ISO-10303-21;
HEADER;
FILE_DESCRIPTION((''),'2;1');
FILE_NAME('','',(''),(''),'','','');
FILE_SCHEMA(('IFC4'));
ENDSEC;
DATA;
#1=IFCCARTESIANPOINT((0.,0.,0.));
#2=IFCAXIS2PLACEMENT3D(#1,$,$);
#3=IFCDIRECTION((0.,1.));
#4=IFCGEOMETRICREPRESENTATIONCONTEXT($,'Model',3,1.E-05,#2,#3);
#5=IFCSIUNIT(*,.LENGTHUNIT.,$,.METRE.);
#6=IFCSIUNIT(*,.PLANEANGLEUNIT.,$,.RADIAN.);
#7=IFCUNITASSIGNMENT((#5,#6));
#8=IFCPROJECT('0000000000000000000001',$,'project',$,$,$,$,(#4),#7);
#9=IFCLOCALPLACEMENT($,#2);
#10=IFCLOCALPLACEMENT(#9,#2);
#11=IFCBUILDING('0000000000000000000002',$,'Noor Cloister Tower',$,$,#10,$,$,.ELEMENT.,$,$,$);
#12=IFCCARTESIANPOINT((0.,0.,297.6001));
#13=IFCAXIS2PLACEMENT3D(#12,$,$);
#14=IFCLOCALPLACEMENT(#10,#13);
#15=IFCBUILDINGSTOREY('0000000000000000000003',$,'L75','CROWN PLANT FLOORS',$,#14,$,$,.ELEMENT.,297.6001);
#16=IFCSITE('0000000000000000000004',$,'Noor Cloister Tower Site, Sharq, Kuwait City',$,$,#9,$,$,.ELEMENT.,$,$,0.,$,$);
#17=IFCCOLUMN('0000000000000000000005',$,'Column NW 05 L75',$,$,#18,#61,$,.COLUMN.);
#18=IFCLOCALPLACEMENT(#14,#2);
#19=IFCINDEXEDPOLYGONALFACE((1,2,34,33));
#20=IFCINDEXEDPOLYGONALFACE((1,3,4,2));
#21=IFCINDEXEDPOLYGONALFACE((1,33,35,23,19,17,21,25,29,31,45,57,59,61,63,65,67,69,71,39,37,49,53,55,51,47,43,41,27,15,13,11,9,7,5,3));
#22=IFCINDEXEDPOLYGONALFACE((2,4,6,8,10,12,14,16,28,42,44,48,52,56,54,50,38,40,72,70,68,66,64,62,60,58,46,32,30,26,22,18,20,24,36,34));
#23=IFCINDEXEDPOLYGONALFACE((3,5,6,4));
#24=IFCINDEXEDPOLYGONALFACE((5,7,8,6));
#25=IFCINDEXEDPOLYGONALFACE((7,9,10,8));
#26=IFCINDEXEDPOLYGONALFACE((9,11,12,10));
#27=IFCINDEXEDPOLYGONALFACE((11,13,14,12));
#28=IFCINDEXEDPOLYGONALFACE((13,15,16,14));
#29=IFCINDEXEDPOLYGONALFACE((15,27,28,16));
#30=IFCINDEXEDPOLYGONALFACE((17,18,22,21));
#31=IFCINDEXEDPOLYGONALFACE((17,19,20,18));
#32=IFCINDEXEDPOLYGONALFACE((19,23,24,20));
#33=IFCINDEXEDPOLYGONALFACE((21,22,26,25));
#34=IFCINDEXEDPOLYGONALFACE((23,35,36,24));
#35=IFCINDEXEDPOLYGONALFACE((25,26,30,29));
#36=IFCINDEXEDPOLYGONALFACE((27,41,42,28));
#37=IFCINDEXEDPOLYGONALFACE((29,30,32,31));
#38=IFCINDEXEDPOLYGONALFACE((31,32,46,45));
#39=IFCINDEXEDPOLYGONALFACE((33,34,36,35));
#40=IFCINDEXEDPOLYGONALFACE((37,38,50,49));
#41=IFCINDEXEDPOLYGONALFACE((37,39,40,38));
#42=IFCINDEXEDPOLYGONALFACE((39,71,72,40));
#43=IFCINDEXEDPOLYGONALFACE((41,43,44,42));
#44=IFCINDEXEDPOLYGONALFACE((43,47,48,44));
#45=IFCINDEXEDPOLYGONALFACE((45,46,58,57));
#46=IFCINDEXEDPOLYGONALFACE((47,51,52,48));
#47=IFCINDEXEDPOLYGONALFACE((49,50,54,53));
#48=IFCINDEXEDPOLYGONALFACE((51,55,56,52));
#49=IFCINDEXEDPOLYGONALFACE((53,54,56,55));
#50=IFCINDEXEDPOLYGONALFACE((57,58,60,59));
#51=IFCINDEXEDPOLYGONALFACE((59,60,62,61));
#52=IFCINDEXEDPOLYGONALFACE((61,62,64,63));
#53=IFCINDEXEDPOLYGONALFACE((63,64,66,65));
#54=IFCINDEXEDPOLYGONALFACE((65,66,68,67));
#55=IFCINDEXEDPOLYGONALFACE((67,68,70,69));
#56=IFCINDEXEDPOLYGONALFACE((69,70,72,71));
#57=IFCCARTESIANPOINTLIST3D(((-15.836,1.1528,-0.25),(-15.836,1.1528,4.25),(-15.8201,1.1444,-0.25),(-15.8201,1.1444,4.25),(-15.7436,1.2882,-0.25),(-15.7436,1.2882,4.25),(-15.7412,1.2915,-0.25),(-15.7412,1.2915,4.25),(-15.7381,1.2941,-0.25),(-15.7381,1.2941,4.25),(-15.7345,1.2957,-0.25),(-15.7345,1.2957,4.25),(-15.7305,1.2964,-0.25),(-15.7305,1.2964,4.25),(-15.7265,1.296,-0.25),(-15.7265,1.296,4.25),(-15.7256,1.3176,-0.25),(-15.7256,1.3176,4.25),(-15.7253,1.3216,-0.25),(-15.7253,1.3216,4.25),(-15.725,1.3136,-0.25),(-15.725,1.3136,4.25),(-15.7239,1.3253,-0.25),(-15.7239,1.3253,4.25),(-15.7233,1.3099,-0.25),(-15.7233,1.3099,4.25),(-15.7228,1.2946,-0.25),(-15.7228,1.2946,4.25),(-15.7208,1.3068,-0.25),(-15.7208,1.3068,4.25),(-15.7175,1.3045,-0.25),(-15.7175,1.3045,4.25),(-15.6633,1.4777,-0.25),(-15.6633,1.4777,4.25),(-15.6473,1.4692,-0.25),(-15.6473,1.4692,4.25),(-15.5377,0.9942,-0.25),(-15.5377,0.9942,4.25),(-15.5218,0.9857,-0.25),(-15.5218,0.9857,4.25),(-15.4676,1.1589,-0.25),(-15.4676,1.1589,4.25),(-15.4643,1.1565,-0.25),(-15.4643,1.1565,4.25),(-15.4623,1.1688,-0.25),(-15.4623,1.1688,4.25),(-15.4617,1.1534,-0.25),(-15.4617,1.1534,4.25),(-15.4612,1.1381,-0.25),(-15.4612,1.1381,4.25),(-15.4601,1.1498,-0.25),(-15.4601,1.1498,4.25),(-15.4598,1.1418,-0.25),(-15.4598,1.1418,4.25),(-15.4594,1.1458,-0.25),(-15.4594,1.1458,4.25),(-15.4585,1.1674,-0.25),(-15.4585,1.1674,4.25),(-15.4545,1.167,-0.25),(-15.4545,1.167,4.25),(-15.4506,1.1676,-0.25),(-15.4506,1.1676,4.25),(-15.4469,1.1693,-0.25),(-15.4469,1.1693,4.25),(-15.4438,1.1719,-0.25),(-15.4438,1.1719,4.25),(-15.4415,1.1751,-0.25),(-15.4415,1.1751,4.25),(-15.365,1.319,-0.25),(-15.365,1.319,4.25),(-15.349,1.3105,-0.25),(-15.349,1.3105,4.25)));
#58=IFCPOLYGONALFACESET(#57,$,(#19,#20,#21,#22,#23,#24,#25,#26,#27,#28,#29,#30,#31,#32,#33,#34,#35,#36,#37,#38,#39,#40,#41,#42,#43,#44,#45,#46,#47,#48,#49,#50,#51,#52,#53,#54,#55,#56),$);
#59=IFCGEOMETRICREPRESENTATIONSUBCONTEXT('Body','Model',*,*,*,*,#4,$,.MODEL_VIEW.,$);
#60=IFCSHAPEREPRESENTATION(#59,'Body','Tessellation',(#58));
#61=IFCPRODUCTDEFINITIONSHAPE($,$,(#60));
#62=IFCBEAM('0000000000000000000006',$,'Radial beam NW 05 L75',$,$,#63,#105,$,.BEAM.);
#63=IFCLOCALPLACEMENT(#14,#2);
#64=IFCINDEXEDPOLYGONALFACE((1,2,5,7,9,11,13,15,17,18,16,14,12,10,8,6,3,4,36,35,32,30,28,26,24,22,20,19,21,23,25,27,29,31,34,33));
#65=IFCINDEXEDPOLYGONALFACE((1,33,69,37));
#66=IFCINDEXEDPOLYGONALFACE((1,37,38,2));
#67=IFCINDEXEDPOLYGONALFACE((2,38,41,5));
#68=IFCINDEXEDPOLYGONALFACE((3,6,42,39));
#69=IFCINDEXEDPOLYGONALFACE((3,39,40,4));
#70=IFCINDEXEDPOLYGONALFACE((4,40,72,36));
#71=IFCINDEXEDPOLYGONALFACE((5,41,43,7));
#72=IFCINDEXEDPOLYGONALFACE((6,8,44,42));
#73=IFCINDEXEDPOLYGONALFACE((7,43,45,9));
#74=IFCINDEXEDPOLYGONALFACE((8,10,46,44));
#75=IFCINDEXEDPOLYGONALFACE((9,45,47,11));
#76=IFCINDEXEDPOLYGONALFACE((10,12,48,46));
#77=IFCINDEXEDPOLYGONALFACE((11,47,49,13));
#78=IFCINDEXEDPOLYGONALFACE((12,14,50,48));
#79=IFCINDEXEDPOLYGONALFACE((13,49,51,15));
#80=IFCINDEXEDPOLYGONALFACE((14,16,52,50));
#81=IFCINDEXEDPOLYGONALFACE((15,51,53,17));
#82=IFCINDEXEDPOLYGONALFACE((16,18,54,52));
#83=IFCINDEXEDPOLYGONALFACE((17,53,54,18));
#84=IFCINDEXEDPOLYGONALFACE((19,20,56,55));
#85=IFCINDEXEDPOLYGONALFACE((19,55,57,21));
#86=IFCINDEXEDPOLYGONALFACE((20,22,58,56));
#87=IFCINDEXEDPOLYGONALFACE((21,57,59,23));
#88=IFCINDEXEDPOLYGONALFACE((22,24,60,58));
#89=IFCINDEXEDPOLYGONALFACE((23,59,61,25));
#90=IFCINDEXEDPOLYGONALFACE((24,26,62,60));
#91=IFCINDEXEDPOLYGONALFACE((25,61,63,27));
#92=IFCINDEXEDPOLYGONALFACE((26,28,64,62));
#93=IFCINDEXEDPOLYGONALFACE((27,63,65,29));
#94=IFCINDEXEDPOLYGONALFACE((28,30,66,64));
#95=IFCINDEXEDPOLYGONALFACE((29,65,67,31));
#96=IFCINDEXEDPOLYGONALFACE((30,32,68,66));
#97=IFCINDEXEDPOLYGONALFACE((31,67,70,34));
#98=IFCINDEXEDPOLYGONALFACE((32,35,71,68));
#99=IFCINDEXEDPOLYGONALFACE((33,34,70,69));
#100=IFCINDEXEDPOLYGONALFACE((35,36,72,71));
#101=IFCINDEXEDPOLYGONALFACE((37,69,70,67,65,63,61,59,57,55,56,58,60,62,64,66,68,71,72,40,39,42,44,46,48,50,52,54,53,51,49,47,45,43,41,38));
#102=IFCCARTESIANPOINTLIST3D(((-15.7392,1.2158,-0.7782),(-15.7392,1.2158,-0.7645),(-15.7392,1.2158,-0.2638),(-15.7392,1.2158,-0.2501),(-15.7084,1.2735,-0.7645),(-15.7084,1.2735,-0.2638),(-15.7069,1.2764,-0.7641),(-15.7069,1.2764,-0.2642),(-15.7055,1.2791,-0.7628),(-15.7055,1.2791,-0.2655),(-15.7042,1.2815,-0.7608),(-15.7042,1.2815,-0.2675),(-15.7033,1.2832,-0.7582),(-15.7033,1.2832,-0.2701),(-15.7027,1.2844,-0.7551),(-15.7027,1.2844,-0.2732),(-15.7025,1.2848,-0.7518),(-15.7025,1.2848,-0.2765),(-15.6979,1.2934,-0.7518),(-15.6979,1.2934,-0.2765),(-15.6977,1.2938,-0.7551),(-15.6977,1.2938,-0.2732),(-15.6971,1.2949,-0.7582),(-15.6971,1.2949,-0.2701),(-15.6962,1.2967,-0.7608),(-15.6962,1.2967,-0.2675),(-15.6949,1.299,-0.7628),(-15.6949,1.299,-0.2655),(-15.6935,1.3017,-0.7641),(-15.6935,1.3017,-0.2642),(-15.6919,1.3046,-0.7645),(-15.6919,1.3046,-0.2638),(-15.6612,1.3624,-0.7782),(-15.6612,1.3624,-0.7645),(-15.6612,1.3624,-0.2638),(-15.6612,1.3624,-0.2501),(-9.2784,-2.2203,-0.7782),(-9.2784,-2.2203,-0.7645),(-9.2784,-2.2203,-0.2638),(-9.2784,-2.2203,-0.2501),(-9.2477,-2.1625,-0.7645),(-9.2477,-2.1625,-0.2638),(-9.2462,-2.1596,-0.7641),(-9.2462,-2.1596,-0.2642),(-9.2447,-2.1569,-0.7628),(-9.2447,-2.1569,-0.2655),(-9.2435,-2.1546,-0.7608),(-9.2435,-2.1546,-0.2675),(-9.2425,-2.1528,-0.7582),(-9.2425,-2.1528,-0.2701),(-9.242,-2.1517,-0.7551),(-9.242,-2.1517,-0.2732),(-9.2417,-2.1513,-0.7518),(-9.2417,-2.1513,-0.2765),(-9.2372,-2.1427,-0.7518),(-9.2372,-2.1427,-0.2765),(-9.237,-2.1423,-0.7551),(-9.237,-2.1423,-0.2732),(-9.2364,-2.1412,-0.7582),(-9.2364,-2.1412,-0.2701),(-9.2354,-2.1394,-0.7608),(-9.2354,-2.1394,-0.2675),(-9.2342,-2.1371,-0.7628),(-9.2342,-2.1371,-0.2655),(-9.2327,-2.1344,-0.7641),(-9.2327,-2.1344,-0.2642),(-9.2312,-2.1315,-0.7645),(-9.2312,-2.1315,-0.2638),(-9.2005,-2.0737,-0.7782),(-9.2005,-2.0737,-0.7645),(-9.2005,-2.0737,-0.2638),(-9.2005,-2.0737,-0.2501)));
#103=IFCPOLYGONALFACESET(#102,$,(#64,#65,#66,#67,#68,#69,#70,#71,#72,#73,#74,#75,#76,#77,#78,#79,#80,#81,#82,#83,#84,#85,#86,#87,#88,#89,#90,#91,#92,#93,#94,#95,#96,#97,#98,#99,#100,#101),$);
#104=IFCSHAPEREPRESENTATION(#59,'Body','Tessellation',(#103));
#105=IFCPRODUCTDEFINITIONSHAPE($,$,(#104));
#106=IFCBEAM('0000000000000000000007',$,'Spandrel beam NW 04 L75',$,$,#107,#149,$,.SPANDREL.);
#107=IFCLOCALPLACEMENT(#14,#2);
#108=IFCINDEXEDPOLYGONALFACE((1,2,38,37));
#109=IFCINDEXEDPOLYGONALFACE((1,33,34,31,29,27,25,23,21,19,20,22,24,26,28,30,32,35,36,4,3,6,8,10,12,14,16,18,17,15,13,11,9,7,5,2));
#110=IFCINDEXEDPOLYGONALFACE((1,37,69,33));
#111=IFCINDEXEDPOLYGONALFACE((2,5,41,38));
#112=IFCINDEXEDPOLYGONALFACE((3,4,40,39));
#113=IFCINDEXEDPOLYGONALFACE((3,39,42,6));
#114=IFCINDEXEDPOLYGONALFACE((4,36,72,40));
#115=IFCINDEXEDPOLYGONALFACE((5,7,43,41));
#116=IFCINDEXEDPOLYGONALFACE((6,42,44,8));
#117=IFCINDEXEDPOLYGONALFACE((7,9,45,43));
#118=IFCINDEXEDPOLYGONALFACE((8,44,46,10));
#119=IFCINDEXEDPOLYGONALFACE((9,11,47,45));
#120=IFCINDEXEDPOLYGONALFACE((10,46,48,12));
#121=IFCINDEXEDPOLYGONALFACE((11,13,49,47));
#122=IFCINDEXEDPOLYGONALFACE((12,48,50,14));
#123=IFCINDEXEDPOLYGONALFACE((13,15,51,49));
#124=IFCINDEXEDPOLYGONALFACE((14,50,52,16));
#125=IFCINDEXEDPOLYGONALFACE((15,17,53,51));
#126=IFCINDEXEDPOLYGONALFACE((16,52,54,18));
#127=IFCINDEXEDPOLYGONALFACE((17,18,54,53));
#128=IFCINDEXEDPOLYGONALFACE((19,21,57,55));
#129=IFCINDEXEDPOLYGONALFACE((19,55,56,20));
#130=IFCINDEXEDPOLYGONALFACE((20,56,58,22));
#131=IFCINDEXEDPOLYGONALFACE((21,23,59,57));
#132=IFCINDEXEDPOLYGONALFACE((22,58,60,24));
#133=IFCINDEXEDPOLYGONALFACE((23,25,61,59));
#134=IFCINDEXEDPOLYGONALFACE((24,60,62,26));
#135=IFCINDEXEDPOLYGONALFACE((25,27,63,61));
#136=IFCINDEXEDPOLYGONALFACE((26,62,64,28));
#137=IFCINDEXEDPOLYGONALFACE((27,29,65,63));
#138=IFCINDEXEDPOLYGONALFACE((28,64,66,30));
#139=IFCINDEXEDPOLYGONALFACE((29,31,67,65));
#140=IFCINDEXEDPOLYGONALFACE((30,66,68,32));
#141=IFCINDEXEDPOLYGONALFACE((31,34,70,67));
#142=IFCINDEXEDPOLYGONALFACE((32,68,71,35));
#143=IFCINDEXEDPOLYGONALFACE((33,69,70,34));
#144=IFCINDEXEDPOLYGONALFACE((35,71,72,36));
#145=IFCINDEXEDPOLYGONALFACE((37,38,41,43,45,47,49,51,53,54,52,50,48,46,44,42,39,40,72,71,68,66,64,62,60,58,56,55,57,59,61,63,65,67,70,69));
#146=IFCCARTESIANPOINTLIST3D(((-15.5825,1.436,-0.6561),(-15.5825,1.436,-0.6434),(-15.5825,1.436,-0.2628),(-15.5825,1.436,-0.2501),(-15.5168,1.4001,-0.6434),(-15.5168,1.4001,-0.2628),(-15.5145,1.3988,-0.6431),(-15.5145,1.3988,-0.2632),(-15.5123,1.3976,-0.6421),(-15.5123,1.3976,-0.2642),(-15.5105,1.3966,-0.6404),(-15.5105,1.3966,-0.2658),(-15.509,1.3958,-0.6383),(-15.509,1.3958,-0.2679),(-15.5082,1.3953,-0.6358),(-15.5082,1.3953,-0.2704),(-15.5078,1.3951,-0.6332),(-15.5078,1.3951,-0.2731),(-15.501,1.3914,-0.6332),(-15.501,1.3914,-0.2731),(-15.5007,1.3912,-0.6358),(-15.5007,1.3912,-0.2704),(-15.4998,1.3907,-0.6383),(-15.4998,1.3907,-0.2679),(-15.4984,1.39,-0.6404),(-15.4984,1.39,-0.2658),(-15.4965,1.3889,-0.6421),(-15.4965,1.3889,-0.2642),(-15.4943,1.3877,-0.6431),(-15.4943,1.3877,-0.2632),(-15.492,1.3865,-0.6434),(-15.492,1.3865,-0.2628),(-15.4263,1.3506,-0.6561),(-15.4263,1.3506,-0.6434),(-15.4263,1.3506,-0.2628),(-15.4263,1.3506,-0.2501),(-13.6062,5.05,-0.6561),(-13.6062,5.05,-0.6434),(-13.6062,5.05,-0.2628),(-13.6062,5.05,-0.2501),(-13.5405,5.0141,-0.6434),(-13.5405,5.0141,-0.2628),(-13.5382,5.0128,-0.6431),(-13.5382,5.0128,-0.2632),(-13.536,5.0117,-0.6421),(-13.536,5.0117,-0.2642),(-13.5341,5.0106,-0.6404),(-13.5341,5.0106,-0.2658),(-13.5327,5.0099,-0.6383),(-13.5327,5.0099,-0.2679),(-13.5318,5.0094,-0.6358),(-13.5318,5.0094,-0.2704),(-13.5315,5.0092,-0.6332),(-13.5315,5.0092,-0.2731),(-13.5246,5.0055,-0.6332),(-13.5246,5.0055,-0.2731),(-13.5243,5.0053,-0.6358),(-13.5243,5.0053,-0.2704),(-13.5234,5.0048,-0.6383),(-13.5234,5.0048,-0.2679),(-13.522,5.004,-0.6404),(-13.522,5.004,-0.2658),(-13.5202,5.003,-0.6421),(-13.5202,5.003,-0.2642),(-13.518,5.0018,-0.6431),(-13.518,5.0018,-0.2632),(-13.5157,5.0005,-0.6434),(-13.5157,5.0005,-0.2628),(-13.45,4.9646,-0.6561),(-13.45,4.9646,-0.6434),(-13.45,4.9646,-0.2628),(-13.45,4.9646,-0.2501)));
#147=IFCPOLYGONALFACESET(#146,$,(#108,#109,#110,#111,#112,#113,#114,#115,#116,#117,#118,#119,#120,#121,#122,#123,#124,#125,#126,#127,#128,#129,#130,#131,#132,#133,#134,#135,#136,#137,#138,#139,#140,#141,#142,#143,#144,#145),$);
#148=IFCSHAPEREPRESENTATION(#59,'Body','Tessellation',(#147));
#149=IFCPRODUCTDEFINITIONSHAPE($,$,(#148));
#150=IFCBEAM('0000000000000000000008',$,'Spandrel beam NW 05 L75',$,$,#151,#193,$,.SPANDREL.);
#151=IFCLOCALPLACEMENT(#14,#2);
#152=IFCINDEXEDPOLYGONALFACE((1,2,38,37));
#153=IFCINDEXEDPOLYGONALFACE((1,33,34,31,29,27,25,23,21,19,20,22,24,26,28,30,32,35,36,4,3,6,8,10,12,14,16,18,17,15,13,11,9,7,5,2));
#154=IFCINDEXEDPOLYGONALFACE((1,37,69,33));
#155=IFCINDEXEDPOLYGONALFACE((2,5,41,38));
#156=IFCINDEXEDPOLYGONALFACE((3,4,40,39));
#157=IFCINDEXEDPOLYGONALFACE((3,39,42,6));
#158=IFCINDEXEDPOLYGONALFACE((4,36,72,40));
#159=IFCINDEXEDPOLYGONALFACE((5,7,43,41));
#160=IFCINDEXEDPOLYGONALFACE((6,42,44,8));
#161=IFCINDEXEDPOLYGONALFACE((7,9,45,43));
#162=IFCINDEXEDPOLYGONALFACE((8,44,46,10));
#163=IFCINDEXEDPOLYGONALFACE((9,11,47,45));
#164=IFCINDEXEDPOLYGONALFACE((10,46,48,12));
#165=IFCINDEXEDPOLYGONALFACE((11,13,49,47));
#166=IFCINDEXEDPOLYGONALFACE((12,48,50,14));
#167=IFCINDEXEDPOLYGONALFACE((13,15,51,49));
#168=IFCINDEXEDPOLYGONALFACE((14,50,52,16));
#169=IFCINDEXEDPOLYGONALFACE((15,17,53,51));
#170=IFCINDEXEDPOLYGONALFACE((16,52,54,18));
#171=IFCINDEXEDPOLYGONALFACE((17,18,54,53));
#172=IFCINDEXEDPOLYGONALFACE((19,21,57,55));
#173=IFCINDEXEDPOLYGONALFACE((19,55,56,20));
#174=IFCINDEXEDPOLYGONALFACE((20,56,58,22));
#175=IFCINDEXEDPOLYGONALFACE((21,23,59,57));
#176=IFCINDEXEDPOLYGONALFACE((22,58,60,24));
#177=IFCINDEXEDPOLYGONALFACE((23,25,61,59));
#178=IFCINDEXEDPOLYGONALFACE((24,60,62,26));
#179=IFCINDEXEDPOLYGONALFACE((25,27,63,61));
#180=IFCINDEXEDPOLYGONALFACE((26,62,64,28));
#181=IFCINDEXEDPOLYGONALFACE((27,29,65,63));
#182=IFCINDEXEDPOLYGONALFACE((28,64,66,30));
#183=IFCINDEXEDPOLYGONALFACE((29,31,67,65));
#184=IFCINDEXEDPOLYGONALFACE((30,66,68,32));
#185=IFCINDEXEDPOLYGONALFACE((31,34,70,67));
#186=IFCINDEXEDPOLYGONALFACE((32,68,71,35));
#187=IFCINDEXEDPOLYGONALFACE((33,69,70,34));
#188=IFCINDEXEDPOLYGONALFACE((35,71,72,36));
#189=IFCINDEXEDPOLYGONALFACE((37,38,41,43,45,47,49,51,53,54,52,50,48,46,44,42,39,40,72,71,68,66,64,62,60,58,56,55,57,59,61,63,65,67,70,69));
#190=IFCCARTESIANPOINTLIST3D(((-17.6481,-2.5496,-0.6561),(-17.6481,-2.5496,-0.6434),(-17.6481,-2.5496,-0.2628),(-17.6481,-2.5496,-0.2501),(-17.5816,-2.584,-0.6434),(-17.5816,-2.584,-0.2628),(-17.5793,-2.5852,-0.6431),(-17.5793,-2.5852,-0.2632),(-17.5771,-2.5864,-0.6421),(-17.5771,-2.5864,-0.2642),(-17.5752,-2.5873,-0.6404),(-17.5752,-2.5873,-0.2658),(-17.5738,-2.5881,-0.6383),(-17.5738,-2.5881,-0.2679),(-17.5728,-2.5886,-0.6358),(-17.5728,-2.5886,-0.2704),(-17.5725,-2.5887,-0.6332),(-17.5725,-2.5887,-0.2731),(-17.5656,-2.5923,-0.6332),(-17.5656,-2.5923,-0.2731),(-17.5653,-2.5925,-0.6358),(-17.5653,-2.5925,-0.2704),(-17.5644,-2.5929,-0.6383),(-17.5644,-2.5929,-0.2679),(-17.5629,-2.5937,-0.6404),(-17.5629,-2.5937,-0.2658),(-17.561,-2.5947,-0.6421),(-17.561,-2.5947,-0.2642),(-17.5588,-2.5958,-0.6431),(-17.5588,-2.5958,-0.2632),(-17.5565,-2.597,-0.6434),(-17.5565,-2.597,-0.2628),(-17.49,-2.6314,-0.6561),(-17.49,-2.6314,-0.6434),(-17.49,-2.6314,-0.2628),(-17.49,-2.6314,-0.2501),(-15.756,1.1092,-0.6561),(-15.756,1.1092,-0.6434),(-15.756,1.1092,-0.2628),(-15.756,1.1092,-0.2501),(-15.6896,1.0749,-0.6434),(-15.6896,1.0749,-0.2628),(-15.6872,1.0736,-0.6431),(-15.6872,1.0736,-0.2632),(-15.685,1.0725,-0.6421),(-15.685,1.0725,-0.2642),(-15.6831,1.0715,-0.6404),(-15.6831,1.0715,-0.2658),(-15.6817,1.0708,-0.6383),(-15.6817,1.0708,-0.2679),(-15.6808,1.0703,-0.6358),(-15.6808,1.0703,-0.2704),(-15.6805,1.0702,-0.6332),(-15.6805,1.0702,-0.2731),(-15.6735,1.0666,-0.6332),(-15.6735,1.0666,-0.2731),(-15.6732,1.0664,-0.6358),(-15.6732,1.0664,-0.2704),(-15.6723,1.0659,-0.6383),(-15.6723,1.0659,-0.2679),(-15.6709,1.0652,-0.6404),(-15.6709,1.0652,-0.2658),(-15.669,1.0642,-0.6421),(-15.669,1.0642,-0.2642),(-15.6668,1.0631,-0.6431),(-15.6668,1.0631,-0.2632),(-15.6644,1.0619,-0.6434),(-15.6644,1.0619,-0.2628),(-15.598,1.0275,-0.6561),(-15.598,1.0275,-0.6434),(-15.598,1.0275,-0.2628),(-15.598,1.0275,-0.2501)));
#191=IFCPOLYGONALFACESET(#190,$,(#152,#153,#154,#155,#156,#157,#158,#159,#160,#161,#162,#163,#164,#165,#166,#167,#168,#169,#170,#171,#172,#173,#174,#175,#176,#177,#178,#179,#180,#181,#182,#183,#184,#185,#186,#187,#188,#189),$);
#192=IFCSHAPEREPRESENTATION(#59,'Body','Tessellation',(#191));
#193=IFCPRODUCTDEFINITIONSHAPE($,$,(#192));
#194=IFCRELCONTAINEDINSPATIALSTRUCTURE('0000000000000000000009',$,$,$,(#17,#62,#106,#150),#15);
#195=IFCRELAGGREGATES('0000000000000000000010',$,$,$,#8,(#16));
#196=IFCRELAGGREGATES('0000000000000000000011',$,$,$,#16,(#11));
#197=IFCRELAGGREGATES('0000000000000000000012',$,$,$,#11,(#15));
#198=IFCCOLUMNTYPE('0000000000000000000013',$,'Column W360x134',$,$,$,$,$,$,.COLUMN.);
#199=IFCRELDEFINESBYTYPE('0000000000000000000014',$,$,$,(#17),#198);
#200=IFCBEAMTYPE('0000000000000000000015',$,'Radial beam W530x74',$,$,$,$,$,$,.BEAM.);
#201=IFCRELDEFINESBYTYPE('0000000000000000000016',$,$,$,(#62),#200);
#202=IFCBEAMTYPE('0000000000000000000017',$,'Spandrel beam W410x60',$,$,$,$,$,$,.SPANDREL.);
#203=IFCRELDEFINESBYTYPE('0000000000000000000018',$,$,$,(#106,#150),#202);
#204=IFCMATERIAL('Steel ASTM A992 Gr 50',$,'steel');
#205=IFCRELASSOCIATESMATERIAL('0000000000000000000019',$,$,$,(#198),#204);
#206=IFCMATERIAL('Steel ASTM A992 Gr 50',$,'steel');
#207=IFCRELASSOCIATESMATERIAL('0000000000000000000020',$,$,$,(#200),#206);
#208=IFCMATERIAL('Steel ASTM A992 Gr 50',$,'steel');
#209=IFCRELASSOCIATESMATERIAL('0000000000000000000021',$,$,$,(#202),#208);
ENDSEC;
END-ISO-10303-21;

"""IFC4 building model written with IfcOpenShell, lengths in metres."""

from ifc_helpers import new_model, si_unit, direction, frame, origin, origin_2d, place, context, subcontext, project, spatial, i_section, extrude, material, material_profile, profile_set, type_object, element, save


model = new_model("IFC4")

# Units and contexts
model_context = context("Model", 3, precision=1e-05, world=origin(), true_north=direction((0.0, 1.0)))
body_context = subcontext(model_context, "Body", "Model", "MODEL_VIEW")
ifc_project = project(units=[si_unit("LENGTHUNIT", "METRE"), si_unit("PLANEANGLEUNIT", "RADIAN")], contexts=[model_context])

# Site, building, storey
site_placement = place(None, origin())
site = spatial("IfcSite", under=ifc_project, at=site_placement, Name="Noor Cloister Tower Site, Sharq, Kuwait City", CompositionType="ELEMENT", RefElevation=0.0)
building_placement = place(site_placement, origin())
building = spatial("IfcBuilding", under=site, at=building_placement, Name="Noor Cloister Tower", CompositionType="ELEMENT")
storey_placement = place(building_placement, frame((0.0, 0.0, 297.6001)))
storey = spatial("IfcBuildingStorey", under=building, at=storey_placement, Name="L75", Description="CROWN PLANT FLOORS", CompositionType="ELEMENT", Elevation=297.6001)

# Column
ifc_material_1 = material(Name="Steel ASTM A992 Gr 50", Category="steel")
ifc_material_profile_1 = material_profile(ifc_material_1, i_section(OverallWidth=0.3679, OverallDepth=0.356, WebThickness=0.0112, FlangeThickness=0.0181, FilletRadius=0.0154, at=origin_2d()), Name="W360x134")
ifc_profile_set_1 = profile_set([ifc_material_profile_1], Name="Steel ASTM A992 Gr 50")
column_type = type_object("IfcColumnType", Name="Column W360x134", PredefinedType="COLUMN", material=ifc_profile_set_1)
column_placement = place(storey_placement, frame((-15.5925, 1.2317, -0.25), z_axis=(0.0, 0.0, 1.0), x_axis=(-0.469576, -0.882892, 0.0)))
element("IfcColumn", 1, at=column_placement, inside=storey, type_object=column_type, Name="Column NW 05 L75", PredefinedType="COLUMN", context=body_context, shape_type="SweptSolid", body=[
    extrude(i_section(OverallWidth=0.3679, OverallDepth=0.356, WebThickness=0.0112, FlangeThickness=0.0181, FilletRadius=0.0154, at=origin_2d()), origin(), (0.0, 0.0, 1.0), 4.5),
])

# Beams
ifc_material_2 = material(Name="Steel ASTM A992 Gr 50", Category="steel")
ifc_material_profile_2 = material_profile(ifc_material_2, i_section(OverallWidth=0.166, OverallDepth=0.5281, WebThickness=0.0098, FlangeThickness=0.0137, FilletRadius=0.0127, at=origin_2d()), Name="W530x74")
ifc_profile_set_2 = profile_set([ifc_material_profile_2], Name="Steel ASTM A992 Gr 50")
beam_type_1 = type_object("IfcBeamType", Name="Radial beam W530x74", PredefinedType="BEAM", material=ifc_profile_set_2)
beam_placement = place(storey_placement, frame((-15.7002, 1.2891, -0.5142), z_axis=(0.882901, -0.469559, 0.0), x_axis=(0.469559, 0.882901, 0.0)))
element("IfcBeam", 2, at=beam_placement, inside=storey, type_object=beam_type_1, Name="Radial beam NW 05 L75", PredefinedType="BEAM", context=body_context, shape_type="SweptSolid", body=[
    extrude(i_section(OverallWidth=0.166, OverallDepth=0.5281, WebThickness=0.0098, FlangeThickness=0.0137, FilletRadius=0.0127, at=origin_2d()), origin(), (0.0, 0.0, 1.0), 7.3176),
])
ifc_material_3 = material(Name="Steel ASTM A992 Gr 50", Category="steel")
ifc_material_profile_3 = material_profile(ifc_material_3, i_section(OverallWidth=0.178, OverallDepth=0.406, WebThickness=0.0078, FlangeThickness=0.0127, FilletRadius=0.0103, at=origin_2d()), Name="W410x60")
ifc_profile_set_3 = profile_set([ifc_material_profile_3], Name="Steel ASTM A992 Gr 50")
beam_type_2 = type_object("IfcBeamType", Name="Spandrel beam W410x60", PredefinedType="SPANDREL", material=ifc_profile_set_3)
for number, where, z_axis, x_axis, name in (
    (3, (-13.5281, 5.0073, -0.4531), (-0.479795, -0.877381, 0.0), (0.877381, -0.479795, 0.0), "Spandrel beam NW 04 L75"),
    (4, (-15.677, 1.0684, -0.4531), (-0.459334, -0.888264, 0.0), (0.888264, -0.459334, 0.0), "Spandrel beam NW 05 L75"),
):
    element("IfcBeam", number, at=place(storey_placement, frame(where, z_axis=z_axis, x_axis=x_axis)), inside=storey, type_object=beam_type_2, Name=name, PredefinedType="SPANDREL", context=body_context, shape_type="SweptSolid", body=[
        extrude(i_section(OverallWidth=0.178, OverallDepth=0.406, WebThickness=0.0078, FlangeThickness=0.0127, FilletRadius=0.0103, at=origin_2d()), origin(), (0.0, 0.0, 1.0), 4.1191),
    ])

save(model, "model.ifc")
